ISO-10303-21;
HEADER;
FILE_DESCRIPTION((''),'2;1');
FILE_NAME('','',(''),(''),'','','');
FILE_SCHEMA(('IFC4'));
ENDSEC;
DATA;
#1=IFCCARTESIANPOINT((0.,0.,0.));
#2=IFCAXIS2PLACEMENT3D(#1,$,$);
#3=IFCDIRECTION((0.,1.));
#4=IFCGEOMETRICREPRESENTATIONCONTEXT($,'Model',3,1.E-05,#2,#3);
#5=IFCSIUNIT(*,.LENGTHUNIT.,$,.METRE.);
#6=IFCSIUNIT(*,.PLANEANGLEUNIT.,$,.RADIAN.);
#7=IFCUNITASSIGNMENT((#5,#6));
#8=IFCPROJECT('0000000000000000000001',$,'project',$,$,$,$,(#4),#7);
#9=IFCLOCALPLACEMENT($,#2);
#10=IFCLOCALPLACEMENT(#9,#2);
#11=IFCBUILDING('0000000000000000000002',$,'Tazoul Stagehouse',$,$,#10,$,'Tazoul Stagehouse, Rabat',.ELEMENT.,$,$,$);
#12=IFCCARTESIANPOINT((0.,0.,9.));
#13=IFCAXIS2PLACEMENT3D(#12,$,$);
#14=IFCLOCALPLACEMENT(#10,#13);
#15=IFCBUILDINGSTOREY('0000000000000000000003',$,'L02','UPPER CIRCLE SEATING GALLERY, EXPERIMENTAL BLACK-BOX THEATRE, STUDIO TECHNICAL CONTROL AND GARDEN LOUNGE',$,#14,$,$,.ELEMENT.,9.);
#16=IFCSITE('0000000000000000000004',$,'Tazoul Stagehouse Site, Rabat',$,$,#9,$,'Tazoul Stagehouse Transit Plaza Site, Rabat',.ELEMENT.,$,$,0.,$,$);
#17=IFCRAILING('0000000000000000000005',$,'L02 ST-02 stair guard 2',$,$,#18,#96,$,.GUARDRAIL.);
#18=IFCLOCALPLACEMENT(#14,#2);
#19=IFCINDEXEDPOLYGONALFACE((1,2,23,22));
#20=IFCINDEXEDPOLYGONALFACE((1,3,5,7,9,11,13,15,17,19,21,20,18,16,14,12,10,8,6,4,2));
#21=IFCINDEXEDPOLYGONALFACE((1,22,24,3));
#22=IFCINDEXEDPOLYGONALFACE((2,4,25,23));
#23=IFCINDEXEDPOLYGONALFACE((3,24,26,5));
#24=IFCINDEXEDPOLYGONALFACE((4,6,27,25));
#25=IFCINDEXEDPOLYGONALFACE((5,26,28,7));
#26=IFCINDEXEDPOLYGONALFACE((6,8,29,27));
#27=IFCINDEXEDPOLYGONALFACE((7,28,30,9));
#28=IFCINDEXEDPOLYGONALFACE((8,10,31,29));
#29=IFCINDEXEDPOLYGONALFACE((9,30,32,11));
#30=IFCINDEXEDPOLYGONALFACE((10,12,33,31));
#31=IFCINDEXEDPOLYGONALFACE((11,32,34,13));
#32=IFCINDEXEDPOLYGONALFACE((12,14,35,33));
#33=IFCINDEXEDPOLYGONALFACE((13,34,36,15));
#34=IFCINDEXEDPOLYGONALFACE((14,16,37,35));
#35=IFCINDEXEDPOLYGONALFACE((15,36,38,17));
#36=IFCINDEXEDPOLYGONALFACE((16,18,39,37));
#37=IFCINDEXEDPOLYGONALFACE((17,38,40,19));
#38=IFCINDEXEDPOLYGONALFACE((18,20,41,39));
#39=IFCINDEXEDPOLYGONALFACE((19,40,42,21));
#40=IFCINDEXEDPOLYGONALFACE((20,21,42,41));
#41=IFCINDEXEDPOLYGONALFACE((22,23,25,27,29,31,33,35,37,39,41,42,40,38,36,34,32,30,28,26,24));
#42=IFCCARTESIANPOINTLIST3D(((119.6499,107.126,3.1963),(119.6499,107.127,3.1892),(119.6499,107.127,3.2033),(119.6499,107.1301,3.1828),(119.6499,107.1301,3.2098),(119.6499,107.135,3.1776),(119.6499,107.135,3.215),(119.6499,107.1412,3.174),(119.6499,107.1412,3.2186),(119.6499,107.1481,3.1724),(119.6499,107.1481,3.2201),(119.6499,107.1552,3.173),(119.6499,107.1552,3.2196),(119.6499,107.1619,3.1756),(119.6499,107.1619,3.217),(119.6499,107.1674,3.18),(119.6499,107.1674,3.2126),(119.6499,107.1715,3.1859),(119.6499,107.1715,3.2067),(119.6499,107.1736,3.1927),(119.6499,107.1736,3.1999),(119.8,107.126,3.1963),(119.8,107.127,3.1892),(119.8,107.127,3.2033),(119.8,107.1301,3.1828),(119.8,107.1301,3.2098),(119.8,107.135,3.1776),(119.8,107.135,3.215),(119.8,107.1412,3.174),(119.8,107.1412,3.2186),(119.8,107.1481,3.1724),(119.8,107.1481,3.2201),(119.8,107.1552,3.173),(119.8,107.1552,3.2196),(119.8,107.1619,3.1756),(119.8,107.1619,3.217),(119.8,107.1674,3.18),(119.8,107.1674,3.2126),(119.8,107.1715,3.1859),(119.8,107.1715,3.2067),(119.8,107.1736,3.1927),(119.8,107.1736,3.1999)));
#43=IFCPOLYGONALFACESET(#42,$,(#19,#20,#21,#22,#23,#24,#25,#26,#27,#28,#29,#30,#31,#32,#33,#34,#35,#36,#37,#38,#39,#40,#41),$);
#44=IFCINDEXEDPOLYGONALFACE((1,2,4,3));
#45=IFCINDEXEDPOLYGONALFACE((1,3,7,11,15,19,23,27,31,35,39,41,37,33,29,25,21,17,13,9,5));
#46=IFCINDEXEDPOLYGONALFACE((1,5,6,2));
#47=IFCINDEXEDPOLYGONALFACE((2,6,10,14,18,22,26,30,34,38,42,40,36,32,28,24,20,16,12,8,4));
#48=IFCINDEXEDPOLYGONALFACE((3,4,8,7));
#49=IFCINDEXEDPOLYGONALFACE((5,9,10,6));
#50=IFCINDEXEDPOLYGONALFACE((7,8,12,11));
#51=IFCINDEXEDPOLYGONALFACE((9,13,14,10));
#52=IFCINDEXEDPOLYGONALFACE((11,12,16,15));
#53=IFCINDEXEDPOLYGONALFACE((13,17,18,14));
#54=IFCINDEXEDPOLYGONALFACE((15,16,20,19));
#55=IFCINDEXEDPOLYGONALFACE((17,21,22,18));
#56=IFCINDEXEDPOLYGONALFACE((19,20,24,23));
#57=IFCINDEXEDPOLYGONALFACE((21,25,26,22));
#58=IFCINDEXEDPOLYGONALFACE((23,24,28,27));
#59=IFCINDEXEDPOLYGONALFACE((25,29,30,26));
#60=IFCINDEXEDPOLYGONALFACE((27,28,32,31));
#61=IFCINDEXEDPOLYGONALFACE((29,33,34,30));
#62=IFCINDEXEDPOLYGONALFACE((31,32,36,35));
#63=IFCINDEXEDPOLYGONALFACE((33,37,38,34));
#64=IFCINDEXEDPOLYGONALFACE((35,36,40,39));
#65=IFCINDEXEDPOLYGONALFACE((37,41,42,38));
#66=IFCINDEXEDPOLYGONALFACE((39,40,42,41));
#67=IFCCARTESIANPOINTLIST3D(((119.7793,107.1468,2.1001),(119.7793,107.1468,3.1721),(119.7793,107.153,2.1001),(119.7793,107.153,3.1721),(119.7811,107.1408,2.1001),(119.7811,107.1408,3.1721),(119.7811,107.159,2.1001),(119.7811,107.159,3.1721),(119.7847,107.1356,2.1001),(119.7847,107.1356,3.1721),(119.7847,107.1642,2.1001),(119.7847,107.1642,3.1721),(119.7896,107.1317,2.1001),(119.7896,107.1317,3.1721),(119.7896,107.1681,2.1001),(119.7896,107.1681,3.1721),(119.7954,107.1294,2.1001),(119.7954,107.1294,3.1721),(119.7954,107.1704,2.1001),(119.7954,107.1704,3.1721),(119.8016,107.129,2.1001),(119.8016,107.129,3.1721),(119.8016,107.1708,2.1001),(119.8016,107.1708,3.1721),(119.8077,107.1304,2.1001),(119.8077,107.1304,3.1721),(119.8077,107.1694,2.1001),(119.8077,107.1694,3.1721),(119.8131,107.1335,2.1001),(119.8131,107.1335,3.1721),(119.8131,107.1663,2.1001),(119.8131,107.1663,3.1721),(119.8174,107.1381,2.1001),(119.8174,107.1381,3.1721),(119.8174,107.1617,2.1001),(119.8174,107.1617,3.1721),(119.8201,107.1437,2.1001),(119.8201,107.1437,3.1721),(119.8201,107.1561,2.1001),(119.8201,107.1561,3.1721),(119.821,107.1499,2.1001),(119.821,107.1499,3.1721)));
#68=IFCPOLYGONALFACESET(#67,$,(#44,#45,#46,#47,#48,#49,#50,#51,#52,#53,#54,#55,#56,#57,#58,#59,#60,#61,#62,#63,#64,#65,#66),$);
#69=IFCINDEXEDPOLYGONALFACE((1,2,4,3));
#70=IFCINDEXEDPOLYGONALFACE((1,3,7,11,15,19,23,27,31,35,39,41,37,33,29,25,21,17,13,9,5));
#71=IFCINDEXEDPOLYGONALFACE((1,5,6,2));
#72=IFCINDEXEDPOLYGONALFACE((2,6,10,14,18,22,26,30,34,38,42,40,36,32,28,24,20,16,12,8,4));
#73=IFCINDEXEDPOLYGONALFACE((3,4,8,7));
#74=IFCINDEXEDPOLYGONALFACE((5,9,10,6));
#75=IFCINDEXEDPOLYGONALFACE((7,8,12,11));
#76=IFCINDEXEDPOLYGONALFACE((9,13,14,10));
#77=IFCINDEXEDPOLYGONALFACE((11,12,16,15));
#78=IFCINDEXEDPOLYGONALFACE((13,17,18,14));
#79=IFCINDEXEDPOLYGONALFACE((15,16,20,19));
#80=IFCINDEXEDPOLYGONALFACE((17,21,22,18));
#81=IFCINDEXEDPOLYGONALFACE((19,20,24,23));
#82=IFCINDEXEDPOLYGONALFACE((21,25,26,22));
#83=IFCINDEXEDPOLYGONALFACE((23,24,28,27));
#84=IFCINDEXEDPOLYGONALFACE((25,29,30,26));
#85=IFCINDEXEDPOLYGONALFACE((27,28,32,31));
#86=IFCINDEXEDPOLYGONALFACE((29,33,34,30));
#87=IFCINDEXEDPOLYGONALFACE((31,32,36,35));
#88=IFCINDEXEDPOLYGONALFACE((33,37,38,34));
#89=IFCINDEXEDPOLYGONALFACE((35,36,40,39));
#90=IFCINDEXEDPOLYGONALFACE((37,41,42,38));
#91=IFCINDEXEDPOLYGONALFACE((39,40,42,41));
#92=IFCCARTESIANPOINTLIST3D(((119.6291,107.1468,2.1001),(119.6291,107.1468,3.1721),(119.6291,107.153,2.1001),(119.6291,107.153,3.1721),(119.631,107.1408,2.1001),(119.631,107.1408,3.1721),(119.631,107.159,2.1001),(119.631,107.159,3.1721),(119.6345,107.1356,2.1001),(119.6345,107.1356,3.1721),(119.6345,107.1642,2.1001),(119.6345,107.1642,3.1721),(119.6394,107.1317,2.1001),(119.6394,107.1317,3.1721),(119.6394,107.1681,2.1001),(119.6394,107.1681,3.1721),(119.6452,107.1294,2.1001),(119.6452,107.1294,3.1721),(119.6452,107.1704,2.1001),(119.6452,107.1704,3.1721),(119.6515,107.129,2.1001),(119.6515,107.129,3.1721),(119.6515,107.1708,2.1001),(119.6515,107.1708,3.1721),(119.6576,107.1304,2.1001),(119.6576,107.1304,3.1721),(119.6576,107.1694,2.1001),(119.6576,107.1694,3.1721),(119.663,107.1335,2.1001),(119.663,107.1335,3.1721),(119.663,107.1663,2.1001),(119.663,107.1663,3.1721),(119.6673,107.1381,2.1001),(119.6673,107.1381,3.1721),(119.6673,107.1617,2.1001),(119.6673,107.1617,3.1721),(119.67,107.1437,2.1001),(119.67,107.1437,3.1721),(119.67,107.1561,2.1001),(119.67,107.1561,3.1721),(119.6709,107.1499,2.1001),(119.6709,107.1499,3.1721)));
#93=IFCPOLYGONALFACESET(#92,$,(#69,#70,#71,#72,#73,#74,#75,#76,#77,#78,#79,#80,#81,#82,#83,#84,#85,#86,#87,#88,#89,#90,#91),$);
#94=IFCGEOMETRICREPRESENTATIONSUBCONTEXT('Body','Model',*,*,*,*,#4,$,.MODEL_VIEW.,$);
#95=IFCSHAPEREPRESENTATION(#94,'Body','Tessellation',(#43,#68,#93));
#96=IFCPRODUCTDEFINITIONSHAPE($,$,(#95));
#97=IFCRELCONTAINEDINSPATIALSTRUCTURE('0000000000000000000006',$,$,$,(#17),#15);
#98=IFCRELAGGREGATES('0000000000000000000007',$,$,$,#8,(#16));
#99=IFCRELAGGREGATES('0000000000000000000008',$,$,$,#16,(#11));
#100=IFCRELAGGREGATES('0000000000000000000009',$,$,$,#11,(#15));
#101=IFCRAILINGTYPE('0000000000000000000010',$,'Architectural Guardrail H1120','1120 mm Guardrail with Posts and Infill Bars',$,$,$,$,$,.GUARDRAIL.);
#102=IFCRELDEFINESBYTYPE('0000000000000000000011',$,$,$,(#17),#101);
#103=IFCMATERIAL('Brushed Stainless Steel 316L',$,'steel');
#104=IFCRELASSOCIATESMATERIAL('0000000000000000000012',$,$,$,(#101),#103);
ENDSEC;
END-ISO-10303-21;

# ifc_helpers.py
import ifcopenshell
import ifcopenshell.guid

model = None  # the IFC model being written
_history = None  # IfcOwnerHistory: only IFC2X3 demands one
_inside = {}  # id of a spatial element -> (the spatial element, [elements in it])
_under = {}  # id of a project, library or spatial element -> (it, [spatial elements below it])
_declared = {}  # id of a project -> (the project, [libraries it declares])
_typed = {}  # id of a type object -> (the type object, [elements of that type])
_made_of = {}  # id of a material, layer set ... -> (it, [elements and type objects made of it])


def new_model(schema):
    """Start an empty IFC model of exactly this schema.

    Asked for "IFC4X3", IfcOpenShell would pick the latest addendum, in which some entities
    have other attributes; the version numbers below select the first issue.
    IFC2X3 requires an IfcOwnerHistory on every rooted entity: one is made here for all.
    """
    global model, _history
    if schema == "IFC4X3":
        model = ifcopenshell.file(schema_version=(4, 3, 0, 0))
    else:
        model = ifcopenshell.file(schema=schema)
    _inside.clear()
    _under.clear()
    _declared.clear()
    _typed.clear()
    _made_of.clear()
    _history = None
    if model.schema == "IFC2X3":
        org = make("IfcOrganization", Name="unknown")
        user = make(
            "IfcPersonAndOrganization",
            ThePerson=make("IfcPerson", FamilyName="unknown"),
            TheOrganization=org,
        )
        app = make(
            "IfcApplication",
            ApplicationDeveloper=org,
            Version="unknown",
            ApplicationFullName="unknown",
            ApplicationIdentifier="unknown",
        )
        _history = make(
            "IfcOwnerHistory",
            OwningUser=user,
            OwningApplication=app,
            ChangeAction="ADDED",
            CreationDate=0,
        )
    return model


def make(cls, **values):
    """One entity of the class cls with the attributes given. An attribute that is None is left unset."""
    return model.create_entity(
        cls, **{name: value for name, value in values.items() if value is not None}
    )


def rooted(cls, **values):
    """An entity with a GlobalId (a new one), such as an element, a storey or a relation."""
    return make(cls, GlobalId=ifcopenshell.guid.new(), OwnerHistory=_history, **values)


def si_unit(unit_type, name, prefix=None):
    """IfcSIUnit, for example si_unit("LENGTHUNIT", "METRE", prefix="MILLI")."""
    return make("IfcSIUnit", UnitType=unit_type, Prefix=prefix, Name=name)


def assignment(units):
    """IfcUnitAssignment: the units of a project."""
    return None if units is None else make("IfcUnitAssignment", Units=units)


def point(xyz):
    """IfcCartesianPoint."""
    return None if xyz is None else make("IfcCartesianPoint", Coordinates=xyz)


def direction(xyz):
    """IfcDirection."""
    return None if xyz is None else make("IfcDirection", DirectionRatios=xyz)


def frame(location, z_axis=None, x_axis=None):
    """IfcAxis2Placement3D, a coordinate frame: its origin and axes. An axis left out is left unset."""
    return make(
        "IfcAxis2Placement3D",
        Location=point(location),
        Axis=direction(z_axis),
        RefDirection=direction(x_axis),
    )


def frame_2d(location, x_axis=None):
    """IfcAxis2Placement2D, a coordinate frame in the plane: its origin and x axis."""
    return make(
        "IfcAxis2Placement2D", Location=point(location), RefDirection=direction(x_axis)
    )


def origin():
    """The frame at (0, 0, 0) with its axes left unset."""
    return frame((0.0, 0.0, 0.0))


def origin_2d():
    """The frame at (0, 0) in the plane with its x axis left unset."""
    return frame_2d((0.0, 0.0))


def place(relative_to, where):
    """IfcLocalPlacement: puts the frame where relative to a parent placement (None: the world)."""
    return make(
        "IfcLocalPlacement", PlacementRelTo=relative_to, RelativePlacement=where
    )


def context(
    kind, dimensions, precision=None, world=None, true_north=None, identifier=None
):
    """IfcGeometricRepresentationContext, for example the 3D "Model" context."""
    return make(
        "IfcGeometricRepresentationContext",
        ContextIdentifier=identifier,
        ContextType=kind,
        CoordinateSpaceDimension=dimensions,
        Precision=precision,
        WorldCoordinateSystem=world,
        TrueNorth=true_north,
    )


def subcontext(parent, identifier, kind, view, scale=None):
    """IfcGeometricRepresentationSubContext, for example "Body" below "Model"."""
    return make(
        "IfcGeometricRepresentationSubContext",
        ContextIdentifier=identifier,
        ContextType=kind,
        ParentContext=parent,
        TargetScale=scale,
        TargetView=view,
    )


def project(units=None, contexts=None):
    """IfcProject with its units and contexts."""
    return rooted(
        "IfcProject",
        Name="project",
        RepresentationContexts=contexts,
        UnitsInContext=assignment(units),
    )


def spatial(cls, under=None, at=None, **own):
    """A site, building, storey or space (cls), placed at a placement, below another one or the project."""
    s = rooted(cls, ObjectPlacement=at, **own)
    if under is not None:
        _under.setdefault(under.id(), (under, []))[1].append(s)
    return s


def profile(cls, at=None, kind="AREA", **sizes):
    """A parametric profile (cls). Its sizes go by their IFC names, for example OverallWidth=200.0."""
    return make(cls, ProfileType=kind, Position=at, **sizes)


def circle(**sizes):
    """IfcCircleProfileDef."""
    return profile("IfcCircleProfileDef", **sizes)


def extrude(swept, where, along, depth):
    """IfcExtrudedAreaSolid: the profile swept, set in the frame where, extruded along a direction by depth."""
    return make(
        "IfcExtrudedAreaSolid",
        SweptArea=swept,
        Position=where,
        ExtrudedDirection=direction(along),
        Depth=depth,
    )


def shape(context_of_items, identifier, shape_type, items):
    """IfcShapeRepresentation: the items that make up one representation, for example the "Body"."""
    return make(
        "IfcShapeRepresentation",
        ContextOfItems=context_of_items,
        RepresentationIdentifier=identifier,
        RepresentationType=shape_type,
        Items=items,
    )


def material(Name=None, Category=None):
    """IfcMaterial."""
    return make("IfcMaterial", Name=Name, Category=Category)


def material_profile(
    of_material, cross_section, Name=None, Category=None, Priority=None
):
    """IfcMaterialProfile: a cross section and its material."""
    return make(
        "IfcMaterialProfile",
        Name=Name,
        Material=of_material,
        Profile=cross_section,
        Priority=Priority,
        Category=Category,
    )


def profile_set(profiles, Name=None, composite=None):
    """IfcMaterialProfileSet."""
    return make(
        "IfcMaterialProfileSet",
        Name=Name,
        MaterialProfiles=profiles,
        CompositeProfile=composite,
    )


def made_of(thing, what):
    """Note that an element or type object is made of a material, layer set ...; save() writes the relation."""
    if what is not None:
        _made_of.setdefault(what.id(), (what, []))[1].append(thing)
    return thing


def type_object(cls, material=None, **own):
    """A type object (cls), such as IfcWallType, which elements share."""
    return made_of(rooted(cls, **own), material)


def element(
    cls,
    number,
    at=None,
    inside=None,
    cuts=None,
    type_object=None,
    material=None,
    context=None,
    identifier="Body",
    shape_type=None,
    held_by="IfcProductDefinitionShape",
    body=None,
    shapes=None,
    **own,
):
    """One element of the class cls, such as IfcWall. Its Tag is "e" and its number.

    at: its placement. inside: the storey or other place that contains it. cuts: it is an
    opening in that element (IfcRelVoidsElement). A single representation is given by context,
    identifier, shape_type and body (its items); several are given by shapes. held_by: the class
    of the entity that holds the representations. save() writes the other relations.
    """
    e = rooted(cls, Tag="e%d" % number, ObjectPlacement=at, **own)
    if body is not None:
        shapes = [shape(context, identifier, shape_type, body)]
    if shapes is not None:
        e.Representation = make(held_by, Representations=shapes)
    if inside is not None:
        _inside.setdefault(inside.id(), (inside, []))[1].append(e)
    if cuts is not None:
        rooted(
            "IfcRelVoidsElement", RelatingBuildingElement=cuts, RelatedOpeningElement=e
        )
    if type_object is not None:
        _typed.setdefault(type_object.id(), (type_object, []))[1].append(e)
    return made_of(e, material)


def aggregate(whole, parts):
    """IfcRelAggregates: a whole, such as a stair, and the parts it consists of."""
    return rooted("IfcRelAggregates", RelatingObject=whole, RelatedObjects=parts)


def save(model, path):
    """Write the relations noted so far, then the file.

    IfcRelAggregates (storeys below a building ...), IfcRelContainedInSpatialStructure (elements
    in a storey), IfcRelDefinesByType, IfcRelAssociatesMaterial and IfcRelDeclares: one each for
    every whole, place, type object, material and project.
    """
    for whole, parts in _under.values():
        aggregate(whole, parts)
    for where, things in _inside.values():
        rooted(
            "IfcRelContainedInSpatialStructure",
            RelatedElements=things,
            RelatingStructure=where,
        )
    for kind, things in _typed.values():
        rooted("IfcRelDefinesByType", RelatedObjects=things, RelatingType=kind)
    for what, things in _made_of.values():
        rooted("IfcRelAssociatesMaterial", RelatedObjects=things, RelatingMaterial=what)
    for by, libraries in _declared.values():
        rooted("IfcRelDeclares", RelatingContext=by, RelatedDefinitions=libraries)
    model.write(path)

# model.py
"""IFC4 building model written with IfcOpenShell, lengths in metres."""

from ifc_helpers import new_model, si_unit, direction, frame, origin, origin_2d, place, context, subcontext, project, spatial, circle, extrude, material, material_profile, profile_set, type_object, element, save


model = new_model("IFC4")

# Units and contexts
model_context = context("Model", 3, precision=1e-05, world=origin(), true_north=direction((0.0, 1.0)))
body_context = subcontext(model_context, "Body", "Model", "MODEL_VIEW")
ifc_project = project(units=[si_unit("LENGTHUNIT", "METRE"), si_unit("PLANEANGLEUNIT", "RADIAN")], contexts=[model_context])

# Site, building, storey
site_placement = place(None, origin())
site = spatial("IfcSite", under=ifc_project, at=site_placement, Name="Tazoul Stagehouse Site, Rabat", LongName="Tazoul Stagehouse Transit Plaza Site, Rabat", CompositionType="ELEMENT", RefElevation=0.0)
building_placement = place(site_placement, origin())
building = spatial("IfcBuilding", under=site, at=building_placement, Name="Tazoul Stagehouse", LongName="Tazoul Stagehouse, Rabat", CompositionType="ELEMENT")
storey_placement = place(building_placement, frame((0.0, 0.0, 9.0)))
storey = spatial("IfcBuildingStorey", under=building, at=storey_placement, Name="L02", Description="UPPER CIRCLE SEATING GALLERY, EXPERIMENTAL BLACK-BOX THEATRE, STUDIO TECHNICAL CONTROL AND GARDEN LOUNGE", CompositionType="ELEMENT", Elevation=9.0)

# Railing
ifc_material_1 = material(Name="Brushed Stainless Steel 316L", Category="steel")
ifc_material_profile_1 = material_profile(ifc_material_1, circle(Radius=0.0239, at=origin_2d()), Name="SS RAIL D48")
ifc_profile_set_1 = profile_set([ifc_material_profile_1], Name="Brushed Stainless Steel 316L")
railing_type_1 = type_object("IfcRailingType", Name="Architectural Guardrail H1120", Description="1120 mm Guardrail with Posts and Infill Bars", PredefinedType="GUARDRAIL", material=ifc_profile_set_1)
railing_1_placement = place(storey_placement, frame((119.8, 107.1499, 2.1001)))
element("IfcRailing", 1, at=railing_1_placement, inside=storey, type_object=railing_type_1, Name="L02 ST-02 stair guard 2", PredefinedType="GUARDRAIL", context=body_context, shape_type="SweptSolid", body=[
    extrude(circle(Radius=0.0239, at=origin_2d()), frame((0.0, 0.0, 1.0962), z_axis=(-1.0, 0.0, 0.0), x_axis=(0.0, -1.0, 0.0)), (0.0, 0.0, 1.0), 0.1501),
    extrude(circle(Radius=0.021, at=origin_2d()), origin(), (0.0, 0.0, 1.0), 1.072),
    extrude(circle(Radius=0.021, at=origin_2d()), frame((-0.1501, 0.0, 0.0)), (0.0, 0.0, 1.0), 1.072),
])

save(model, "model.ifc")
